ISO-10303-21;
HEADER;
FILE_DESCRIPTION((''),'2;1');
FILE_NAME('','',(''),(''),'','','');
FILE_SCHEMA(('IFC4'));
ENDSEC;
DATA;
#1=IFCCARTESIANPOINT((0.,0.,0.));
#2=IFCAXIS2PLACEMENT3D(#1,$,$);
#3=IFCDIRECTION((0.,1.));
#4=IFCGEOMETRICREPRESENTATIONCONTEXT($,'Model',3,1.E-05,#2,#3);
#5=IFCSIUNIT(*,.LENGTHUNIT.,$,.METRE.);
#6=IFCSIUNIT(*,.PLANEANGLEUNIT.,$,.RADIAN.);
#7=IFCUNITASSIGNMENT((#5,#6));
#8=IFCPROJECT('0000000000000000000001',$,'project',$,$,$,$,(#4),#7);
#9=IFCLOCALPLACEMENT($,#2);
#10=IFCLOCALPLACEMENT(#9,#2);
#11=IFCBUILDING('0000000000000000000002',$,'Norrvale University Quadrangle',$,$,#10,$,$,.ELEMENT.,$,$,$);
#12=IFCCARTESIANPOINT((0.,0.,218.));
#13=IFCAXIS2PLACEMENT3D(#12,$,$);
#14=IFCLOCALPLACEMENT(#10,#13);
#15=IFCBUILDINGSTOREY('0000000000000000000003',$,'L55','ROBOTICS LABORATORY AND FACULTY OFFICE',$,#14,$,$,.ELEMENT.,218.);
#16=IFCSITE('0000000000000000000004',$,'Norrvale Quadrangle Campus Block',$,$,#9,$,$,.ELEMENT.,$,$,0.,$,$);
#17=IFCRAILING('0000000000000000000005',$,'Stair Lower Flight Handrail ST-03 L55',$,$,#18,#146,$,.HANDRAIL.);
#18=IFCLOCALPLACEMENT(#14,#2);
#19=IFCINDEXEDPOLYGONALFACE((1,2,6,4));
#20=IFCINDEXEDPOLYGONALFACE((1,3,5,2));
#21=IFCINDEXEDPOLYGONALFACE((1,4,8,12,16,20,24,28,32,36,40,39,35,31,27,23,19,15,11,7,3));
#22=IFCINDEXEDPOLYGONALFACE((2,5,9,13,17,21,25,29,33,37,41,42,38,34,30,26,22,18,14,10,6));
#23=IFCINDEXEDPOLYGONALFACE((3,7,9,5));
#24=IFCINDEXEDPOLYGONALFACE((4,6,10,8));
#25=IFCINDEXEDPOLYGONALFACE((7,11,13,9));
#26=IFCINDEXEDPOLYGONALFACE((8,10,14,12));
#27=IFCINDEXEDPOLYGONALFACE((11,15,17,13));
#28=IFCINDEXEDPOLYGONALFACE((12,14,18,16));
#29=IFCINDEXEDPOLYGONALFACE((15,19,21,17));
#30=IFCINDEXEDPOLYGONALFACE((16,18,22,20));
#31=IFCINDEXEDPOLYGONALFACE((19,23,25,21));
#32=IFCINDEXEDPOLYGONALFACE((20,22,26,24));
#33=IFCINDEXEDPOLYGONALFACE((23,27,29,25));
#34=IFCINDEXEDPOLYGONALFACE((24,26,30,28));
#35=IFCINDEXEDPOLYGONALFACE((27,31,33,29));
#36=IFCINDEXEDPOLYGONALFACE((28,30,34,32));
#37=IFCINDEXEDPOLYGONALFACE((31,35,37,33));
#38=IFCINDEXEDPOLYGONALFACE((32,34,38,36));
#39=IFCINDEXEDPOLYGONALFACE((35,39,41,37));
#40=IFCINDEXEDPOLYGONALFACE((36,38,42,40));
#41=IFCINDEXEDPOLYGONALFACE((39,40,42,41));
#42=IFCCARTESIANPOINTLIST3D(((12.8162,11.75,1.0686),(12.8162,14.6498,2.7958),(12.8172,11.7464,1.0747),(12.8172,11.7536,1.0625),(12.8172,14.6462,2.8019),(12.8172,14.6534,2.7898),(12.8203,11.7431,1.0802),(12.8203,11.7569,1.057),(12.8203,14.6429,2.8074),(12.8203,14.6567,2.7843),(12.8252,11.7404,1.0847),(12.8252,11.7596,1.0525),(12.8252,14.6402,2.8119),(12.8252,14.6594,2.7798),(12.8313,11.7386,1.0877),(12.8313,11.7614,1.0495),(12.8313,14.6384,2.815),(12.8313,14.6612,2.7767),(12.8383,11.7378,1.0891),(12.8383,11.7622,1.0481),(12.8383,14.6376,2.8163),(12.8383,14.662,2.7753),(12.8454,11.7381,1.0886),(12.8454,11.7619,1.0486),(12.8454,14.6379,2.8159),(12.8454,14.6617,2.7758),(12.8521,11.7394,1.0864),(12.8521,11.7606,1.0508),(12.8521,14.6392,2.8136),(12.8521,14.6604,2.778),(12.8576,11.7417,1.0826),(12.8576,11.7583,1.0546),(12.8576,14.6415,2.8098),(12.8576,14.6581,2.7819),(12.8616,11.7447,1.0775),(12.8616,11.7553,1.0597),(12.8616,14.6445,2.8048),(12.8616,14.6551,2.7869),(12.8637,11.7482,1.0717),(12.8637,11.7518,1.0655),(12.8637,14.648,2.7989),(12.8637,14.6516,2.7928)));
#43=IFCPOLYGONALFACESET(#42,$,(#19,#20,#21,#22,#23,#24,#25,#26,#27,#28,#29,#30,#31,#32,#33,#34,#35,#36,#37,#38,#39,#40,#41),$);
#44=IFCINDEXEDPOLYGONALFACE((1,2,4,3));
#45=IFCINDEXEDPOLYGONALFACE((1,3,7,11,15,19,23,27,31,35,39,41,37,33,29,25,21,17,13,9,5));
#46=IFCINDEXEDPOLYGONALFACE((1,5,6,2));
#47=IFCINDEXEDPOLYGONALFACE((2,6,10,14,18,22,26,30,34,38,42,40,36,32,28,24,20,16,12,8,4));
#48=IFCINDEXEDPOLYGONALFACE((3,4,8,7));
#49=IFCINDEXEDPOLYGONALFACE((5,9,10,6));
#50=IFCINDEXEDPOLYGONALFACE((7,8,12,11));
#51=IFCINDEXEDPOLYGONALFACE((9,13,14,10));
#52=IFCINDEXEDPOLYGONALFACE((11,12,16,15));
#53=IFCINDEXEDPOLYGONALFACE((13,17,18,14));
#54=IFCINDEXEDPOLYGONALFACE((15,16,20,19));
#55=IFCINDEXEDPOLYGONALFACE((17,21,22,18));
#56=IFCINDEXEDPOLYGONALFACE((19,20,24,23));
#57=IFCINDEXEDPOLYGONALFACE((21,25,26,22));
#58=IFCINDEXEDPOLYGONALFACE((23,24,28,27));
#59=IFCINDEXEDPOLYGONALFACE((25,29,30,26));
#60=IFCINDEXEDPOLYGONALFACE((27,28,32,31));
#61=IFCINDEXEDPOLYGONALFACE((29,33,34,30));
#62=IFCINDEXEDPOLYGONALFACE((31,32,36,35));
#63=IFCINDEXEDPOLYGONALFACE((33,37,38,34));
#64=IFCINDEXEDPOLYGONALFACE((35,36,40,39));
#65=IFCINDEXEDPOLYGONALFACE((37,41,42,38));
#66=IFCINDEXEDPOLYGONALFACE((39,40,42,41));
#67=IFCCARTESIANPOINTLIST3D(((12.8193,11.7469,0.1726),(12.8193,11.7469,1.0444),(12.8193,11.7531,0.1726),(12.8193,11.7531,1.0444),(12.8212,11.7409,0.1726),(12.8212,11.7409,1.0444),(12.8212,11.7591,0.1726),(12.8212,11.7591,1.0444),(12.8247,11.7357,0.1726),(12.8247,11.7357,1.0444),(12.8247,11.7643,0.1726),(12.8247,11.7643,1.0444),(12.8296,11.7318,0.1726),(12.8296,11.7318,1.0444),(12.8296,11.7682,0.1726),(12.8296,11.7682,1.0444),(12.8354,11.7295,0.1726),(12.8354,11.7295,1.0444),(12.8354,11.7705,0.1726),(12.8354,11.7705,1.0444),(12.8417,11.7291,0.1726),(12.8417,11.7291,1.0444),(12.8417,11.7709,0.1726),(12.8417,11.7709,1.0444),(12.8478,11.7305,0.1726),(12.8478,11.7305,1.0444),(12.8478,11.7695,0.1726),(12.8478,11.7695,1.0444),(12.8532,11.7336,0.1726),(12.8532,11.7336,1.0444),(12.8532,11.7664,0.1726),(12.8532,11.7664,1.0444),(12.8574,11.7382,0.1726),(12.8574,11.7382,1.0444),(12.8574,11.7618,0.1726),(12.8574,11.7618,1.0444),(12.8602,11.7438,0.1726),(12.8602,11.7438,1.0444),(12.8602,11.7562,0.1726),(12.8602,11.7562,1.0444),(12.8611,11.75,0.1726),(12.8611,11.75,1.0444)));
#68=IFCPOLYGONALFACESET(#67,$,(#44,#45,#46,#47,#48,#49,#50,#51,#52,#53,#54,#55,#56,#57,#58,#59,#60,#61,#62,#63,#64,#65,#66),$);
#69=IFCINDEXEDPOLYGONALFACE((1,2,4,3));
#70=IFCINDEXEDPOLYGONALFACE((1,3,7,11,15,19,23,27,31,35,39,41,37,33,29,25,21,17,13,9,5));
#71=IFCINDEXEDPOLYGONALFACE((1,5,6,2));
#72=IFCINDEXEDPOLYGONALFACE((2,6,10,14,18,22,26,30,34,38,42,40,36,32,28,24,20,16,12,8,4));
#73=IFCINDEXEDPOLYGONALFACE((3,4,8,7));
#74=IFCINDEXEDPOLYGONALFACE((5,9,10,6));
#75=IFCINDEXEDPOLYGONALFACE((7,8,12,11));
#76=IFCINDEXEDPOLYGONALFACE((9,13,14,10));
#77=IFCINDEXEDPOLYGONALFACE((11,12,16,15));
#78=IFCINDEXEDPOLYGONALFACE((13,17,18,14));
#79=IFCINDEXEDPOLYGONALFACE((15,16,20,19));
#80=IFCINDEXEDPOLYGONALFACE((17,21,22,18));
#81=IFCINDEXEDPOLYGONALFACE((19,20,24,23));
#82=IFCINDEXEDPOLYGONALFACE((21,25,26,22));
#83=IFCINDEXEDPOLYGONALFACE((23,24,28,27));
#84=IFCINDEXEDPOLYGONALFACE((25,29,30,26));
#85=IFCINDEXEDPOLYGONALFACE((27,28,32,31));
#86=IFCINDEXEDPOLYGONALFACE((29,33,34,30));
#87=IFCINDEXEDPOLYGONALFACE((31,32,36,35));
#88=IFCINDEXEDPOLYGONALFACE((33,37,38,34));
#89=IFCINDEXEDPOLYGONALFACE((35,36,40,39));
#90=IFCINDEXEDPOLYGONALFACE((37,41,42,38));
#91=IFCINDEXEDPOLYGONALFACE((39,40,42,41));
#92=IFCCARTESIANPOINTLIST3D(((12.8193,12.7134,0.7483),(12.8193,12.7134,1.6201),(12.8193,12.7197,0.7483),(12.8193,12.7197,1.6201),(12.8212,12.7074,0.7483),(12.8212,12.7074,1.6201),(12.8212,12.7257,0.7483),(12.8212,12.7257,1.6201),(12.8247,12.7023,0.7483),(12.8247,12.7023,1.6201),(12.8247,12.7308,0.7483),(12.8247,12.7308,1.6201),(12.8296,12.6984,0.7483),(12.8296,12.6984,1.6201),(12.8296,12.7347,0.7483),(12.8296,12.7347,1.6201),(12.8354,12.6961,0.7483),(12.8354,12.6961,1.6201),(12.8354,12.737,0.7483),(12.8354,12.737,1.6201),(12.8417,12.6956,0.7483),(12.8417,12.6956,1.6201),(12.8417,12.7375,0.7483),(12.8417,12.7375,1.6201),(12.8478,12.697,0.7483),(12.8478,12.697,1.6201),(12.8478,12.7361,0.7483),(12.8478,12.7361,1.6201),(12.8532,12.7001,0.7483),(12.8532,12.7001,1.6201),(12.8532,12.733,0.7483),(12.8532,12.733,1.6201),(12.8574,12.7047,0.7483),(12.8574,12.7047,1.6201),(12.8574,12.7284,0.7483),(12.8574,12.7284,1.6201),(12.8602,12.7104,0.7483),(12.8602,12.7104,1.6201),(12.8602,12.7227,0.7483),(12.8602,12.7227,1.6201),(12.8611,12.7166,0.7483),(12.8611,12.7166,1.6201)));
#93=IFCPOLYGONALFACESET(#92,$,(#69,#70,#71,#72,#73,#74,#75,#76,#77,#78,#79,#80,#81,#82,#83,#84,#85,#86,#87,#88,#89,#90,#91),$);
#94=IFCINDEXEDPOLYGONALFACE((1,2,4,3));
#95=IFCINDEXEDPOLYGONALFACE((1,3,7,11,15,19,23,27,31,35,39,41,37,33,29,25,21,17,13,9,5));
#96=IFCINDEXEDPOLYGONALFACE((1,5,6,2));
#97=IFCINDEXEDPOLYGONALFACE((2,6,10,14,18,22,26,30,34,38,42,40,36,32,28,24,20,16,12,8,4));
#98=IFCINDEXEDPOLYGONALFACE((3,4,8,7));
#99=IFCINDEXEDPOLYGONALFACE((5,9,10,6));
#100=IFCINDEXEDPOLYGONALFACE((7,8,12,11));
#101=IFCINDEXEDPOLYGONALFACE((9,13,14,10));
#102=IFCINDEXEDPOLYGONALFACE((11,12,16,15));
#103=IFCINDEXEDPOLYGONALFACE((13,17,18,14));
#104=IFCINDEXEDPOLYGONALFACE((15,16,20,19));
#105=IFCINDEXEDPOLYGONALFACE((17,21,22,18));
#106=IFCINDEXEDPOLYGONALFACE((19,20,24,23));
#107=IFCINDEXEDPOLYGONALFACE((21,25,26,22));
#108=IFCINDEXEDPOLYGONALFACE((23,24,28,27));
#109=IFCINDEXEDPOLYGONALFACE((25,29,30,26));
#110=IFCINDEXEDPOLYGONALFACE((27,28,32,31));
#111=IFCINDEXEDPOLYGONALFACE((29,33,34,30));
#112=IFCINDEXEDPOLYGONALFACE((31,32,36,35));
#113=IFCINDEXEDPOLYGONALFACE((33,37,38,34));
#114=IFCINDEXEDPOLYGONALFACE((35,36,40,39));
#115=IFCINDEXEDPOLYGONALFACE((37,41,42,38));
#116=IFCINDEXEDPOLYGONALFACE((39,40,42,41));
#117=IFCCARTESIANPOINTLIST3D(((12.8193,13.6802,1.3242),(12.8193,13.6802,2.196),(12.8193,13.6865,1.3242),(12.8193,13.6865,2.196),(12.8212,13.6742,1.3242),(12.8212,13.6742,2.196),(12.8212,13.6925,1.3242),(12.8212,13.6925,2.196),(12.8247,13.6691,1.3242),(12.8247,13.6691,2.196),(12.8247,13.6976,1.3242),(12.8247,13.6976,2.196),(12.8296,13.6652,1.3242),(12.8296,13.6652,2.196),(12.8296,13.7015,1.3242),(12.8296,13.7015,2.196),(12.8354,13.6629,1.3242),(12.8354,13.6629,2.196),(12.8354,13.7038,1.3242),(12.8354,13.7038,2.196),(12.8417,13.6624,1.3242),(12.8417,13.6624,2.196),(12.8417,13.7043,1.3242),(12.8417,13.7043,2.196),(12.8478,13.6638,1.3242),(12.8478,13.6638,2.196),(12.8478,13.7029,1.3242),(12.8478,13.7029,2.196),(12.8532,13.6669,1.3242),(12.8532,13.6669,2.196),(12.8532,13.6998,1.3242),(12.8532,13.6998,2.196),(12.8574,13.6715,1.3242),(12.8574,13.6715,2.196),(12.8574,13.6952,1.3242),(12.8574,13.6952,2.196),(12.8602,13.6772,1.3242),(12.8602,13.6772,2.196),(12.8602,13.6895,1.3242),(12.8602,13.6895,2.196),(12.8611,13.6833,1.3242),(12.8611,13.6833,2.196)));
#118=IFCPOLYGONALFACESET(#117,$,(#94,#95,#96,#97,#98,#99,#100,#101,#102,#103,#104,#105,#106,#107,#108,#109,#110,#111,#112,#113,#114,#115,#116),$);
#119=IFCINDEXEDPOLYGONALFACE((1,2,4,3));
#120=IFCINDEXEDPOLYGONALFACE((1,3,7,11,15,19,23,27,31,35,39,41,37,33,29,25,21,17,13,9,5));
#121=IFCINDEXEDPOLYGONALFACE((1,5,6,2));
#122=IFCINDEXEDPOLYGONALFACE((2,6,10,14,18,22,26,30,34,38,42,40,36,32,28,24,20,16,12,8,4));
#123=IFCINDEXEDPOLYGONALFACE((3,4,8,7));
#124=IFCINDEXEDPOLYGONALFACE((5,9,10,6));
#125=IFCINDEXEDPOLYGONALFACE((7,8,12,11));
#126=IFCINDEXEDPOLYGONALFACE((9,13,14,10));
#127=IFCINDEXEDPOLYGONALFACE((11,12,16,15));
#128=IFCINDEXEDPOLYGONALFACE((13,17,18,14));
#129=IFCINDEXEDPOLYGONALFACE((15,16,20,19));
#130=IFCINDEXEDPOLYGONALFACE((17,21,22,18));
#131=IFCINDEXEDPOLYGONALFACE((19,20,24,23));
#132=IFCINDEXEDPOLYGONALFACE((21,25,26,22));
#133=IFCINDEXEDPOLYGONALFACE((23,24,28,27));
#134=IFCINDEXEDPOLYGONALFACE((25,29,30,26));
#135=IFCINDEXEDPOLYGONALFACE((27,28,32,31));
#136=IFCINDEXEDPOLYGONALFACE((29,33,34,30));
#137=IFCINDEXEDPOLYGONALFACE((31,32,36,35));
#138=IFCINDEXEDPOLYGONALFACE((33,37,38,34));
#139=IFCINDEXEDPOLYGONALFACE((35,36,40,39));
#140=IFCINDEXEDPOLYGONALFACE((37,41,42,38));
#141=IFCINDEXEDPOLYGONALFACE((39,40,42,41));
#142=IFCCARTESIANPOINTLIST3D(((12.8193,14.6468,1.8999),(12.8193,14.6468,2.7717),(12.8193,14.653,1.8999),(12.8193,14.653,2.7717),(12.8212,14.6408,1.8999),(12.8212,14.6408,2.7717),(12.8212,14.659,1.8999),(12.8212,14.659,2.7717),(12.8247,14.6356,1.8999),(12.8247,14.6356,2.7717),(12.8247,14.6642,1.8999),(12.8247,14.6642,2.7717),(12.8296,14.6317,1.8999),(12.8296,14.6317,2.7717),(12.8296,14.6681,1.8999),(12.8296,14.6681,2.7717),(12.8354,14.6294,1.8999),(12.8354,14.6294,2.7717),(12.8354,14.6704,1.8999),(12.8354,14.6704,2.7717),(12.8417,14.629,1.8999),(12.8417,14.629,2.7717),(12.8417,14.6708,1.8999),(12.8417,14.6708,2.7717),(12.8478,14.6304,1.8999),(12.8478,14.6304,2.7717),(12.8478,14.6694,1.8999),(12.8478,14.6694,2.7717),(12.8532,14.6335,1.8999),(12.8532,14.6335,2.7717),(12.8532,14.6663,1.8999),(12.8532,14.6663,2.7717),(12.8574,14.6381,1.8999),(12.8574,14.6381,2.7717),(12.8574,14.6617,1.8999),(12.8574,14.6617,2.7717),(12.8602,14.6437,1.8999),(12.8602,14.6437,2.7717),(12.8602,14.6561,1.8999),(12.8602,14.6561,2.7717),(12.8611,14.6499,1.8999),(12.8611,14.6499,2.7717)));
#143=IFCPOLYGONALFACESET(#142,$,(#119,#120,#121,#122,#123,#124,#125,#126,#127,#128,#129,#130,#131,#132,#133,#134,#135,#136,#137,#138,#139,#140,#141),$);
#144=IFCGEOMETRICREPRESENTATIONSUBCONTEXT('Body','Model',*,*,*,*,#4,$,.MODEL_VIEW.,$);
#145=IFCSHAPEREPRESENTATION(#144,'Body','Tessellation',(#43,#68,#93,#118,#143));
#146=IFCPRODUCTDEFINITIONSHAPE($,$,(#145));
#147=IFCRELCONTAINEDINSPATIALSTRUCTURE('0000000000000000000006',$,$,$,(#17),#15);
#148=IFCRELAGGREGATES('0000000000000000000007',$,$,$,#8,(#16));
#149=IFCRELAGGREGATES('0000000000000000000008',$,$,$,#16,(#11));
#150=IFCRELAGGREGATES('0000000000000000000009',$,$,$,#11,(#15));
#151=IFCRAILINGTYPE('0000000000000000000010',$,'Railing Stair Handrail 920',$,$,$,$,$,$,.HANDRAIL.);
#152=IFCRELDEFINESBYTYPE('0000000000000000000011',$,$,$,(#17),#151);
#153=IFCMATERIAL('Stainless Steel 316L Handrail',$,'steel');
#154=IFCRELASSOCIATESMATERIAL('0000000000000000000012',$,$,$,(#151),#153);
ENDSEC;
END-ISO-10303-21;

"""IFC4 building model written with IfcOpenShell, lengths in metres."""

from ifc_helpers import new_model, si_unit, direction, frame, origin, origin_2d, place, context, subcontext, project, spatial, circle, extrude, material, type_object, element, save


model = new_model("IFC4")

# Units and contexts
model_context = context("Model", 3, precision=1e-05, world=origin(), true_north=direction((0.0, 1.0)))
body_context = subcontext(model_context, "Body", "Model", "MODEL_VIEW")
ifc_project = project(units=[si_unit("LENGTHUNIT", "METRE"), si_unit("PLANEANGLEUNIT", "RADIAN")], contexts=[model_context])

# Site, building, storey
site_placement = place(None, origin())
site = spatial("IfcSite", under=ifc_project, at=site_placement, Name="Norrvale Quadrangle Campus Block", CompositionType="ELEMENT", RefElevation=0.0)
building_placement = place(site_placement, origin())
building = spatial("IfcBuilding", under=site, at=building_placement, Name="Norrvale University Quadrangle", CompositionType="ELEMENT")
storey_placement = place(building_placement, frame((0.0, 0.0, 218.0)))
storey = spatial("IfcBuildingStorey", under=building, at=storey_placement, Name="L55", Description="ROBOTICS LABORATORY AND FACULTY OFFICE", CompositionType="ELEMENT", Elevation=218.0)

# Railing
ifc_material_1 = material(Name="Stainless Steel 316L Handrail", Category="steel")
railing_type_1 = type_object("IfcRailingType", Name="Railing Stair Handrail 920", PredefinedType="HANDRAIL", material=ifc_material_1)
railing_1_placement = place(storey_placement, frame((12.8401, 11.75, 0.1726)))
element("IfcRailing", 1, at=railing_1_placement, inside=storey, type_object=railing_type_1, Name="Stair Lower Flight Handrail ST-03 L55", PredefinedType="HANDRAIL", context=body_context, shape_type="SweptSolid", body=[
    extrude(circle(Radius=0.0239, at=origin_2d()), frame((0.0, 0.0, 0.896), z_axis=(0.0, 0.859141, 0.511738), x_axis=(-1.0, 0.0, 0.0)), (0.0, 0.0, 1.0), 3.3752),
    extrude(circle(Radius=0.021, at=origin_2d()), origin(), (0.0, 0.0, 1.0), 0.8718),
    extrude(circle(Radius=0.021, at=origin_2d()), frame((0.0, 0.9666, 0.5757)), (0.0, 0.0, 1.0), 0.8718),
    extrude(circle(Radius=0.021, at=origin_2d()), frame((0.0, 1.9333, 1.1516)), (0.0, 0.0, 1.0), 0.8718),
    extrude(circle(Radius=0.021, at=origin_2d()), frame((0.0, 2.8999, 1.7273)), (0.0, 0.0, 1.0), 0.8718),
])

save(model, "model.ifc")
